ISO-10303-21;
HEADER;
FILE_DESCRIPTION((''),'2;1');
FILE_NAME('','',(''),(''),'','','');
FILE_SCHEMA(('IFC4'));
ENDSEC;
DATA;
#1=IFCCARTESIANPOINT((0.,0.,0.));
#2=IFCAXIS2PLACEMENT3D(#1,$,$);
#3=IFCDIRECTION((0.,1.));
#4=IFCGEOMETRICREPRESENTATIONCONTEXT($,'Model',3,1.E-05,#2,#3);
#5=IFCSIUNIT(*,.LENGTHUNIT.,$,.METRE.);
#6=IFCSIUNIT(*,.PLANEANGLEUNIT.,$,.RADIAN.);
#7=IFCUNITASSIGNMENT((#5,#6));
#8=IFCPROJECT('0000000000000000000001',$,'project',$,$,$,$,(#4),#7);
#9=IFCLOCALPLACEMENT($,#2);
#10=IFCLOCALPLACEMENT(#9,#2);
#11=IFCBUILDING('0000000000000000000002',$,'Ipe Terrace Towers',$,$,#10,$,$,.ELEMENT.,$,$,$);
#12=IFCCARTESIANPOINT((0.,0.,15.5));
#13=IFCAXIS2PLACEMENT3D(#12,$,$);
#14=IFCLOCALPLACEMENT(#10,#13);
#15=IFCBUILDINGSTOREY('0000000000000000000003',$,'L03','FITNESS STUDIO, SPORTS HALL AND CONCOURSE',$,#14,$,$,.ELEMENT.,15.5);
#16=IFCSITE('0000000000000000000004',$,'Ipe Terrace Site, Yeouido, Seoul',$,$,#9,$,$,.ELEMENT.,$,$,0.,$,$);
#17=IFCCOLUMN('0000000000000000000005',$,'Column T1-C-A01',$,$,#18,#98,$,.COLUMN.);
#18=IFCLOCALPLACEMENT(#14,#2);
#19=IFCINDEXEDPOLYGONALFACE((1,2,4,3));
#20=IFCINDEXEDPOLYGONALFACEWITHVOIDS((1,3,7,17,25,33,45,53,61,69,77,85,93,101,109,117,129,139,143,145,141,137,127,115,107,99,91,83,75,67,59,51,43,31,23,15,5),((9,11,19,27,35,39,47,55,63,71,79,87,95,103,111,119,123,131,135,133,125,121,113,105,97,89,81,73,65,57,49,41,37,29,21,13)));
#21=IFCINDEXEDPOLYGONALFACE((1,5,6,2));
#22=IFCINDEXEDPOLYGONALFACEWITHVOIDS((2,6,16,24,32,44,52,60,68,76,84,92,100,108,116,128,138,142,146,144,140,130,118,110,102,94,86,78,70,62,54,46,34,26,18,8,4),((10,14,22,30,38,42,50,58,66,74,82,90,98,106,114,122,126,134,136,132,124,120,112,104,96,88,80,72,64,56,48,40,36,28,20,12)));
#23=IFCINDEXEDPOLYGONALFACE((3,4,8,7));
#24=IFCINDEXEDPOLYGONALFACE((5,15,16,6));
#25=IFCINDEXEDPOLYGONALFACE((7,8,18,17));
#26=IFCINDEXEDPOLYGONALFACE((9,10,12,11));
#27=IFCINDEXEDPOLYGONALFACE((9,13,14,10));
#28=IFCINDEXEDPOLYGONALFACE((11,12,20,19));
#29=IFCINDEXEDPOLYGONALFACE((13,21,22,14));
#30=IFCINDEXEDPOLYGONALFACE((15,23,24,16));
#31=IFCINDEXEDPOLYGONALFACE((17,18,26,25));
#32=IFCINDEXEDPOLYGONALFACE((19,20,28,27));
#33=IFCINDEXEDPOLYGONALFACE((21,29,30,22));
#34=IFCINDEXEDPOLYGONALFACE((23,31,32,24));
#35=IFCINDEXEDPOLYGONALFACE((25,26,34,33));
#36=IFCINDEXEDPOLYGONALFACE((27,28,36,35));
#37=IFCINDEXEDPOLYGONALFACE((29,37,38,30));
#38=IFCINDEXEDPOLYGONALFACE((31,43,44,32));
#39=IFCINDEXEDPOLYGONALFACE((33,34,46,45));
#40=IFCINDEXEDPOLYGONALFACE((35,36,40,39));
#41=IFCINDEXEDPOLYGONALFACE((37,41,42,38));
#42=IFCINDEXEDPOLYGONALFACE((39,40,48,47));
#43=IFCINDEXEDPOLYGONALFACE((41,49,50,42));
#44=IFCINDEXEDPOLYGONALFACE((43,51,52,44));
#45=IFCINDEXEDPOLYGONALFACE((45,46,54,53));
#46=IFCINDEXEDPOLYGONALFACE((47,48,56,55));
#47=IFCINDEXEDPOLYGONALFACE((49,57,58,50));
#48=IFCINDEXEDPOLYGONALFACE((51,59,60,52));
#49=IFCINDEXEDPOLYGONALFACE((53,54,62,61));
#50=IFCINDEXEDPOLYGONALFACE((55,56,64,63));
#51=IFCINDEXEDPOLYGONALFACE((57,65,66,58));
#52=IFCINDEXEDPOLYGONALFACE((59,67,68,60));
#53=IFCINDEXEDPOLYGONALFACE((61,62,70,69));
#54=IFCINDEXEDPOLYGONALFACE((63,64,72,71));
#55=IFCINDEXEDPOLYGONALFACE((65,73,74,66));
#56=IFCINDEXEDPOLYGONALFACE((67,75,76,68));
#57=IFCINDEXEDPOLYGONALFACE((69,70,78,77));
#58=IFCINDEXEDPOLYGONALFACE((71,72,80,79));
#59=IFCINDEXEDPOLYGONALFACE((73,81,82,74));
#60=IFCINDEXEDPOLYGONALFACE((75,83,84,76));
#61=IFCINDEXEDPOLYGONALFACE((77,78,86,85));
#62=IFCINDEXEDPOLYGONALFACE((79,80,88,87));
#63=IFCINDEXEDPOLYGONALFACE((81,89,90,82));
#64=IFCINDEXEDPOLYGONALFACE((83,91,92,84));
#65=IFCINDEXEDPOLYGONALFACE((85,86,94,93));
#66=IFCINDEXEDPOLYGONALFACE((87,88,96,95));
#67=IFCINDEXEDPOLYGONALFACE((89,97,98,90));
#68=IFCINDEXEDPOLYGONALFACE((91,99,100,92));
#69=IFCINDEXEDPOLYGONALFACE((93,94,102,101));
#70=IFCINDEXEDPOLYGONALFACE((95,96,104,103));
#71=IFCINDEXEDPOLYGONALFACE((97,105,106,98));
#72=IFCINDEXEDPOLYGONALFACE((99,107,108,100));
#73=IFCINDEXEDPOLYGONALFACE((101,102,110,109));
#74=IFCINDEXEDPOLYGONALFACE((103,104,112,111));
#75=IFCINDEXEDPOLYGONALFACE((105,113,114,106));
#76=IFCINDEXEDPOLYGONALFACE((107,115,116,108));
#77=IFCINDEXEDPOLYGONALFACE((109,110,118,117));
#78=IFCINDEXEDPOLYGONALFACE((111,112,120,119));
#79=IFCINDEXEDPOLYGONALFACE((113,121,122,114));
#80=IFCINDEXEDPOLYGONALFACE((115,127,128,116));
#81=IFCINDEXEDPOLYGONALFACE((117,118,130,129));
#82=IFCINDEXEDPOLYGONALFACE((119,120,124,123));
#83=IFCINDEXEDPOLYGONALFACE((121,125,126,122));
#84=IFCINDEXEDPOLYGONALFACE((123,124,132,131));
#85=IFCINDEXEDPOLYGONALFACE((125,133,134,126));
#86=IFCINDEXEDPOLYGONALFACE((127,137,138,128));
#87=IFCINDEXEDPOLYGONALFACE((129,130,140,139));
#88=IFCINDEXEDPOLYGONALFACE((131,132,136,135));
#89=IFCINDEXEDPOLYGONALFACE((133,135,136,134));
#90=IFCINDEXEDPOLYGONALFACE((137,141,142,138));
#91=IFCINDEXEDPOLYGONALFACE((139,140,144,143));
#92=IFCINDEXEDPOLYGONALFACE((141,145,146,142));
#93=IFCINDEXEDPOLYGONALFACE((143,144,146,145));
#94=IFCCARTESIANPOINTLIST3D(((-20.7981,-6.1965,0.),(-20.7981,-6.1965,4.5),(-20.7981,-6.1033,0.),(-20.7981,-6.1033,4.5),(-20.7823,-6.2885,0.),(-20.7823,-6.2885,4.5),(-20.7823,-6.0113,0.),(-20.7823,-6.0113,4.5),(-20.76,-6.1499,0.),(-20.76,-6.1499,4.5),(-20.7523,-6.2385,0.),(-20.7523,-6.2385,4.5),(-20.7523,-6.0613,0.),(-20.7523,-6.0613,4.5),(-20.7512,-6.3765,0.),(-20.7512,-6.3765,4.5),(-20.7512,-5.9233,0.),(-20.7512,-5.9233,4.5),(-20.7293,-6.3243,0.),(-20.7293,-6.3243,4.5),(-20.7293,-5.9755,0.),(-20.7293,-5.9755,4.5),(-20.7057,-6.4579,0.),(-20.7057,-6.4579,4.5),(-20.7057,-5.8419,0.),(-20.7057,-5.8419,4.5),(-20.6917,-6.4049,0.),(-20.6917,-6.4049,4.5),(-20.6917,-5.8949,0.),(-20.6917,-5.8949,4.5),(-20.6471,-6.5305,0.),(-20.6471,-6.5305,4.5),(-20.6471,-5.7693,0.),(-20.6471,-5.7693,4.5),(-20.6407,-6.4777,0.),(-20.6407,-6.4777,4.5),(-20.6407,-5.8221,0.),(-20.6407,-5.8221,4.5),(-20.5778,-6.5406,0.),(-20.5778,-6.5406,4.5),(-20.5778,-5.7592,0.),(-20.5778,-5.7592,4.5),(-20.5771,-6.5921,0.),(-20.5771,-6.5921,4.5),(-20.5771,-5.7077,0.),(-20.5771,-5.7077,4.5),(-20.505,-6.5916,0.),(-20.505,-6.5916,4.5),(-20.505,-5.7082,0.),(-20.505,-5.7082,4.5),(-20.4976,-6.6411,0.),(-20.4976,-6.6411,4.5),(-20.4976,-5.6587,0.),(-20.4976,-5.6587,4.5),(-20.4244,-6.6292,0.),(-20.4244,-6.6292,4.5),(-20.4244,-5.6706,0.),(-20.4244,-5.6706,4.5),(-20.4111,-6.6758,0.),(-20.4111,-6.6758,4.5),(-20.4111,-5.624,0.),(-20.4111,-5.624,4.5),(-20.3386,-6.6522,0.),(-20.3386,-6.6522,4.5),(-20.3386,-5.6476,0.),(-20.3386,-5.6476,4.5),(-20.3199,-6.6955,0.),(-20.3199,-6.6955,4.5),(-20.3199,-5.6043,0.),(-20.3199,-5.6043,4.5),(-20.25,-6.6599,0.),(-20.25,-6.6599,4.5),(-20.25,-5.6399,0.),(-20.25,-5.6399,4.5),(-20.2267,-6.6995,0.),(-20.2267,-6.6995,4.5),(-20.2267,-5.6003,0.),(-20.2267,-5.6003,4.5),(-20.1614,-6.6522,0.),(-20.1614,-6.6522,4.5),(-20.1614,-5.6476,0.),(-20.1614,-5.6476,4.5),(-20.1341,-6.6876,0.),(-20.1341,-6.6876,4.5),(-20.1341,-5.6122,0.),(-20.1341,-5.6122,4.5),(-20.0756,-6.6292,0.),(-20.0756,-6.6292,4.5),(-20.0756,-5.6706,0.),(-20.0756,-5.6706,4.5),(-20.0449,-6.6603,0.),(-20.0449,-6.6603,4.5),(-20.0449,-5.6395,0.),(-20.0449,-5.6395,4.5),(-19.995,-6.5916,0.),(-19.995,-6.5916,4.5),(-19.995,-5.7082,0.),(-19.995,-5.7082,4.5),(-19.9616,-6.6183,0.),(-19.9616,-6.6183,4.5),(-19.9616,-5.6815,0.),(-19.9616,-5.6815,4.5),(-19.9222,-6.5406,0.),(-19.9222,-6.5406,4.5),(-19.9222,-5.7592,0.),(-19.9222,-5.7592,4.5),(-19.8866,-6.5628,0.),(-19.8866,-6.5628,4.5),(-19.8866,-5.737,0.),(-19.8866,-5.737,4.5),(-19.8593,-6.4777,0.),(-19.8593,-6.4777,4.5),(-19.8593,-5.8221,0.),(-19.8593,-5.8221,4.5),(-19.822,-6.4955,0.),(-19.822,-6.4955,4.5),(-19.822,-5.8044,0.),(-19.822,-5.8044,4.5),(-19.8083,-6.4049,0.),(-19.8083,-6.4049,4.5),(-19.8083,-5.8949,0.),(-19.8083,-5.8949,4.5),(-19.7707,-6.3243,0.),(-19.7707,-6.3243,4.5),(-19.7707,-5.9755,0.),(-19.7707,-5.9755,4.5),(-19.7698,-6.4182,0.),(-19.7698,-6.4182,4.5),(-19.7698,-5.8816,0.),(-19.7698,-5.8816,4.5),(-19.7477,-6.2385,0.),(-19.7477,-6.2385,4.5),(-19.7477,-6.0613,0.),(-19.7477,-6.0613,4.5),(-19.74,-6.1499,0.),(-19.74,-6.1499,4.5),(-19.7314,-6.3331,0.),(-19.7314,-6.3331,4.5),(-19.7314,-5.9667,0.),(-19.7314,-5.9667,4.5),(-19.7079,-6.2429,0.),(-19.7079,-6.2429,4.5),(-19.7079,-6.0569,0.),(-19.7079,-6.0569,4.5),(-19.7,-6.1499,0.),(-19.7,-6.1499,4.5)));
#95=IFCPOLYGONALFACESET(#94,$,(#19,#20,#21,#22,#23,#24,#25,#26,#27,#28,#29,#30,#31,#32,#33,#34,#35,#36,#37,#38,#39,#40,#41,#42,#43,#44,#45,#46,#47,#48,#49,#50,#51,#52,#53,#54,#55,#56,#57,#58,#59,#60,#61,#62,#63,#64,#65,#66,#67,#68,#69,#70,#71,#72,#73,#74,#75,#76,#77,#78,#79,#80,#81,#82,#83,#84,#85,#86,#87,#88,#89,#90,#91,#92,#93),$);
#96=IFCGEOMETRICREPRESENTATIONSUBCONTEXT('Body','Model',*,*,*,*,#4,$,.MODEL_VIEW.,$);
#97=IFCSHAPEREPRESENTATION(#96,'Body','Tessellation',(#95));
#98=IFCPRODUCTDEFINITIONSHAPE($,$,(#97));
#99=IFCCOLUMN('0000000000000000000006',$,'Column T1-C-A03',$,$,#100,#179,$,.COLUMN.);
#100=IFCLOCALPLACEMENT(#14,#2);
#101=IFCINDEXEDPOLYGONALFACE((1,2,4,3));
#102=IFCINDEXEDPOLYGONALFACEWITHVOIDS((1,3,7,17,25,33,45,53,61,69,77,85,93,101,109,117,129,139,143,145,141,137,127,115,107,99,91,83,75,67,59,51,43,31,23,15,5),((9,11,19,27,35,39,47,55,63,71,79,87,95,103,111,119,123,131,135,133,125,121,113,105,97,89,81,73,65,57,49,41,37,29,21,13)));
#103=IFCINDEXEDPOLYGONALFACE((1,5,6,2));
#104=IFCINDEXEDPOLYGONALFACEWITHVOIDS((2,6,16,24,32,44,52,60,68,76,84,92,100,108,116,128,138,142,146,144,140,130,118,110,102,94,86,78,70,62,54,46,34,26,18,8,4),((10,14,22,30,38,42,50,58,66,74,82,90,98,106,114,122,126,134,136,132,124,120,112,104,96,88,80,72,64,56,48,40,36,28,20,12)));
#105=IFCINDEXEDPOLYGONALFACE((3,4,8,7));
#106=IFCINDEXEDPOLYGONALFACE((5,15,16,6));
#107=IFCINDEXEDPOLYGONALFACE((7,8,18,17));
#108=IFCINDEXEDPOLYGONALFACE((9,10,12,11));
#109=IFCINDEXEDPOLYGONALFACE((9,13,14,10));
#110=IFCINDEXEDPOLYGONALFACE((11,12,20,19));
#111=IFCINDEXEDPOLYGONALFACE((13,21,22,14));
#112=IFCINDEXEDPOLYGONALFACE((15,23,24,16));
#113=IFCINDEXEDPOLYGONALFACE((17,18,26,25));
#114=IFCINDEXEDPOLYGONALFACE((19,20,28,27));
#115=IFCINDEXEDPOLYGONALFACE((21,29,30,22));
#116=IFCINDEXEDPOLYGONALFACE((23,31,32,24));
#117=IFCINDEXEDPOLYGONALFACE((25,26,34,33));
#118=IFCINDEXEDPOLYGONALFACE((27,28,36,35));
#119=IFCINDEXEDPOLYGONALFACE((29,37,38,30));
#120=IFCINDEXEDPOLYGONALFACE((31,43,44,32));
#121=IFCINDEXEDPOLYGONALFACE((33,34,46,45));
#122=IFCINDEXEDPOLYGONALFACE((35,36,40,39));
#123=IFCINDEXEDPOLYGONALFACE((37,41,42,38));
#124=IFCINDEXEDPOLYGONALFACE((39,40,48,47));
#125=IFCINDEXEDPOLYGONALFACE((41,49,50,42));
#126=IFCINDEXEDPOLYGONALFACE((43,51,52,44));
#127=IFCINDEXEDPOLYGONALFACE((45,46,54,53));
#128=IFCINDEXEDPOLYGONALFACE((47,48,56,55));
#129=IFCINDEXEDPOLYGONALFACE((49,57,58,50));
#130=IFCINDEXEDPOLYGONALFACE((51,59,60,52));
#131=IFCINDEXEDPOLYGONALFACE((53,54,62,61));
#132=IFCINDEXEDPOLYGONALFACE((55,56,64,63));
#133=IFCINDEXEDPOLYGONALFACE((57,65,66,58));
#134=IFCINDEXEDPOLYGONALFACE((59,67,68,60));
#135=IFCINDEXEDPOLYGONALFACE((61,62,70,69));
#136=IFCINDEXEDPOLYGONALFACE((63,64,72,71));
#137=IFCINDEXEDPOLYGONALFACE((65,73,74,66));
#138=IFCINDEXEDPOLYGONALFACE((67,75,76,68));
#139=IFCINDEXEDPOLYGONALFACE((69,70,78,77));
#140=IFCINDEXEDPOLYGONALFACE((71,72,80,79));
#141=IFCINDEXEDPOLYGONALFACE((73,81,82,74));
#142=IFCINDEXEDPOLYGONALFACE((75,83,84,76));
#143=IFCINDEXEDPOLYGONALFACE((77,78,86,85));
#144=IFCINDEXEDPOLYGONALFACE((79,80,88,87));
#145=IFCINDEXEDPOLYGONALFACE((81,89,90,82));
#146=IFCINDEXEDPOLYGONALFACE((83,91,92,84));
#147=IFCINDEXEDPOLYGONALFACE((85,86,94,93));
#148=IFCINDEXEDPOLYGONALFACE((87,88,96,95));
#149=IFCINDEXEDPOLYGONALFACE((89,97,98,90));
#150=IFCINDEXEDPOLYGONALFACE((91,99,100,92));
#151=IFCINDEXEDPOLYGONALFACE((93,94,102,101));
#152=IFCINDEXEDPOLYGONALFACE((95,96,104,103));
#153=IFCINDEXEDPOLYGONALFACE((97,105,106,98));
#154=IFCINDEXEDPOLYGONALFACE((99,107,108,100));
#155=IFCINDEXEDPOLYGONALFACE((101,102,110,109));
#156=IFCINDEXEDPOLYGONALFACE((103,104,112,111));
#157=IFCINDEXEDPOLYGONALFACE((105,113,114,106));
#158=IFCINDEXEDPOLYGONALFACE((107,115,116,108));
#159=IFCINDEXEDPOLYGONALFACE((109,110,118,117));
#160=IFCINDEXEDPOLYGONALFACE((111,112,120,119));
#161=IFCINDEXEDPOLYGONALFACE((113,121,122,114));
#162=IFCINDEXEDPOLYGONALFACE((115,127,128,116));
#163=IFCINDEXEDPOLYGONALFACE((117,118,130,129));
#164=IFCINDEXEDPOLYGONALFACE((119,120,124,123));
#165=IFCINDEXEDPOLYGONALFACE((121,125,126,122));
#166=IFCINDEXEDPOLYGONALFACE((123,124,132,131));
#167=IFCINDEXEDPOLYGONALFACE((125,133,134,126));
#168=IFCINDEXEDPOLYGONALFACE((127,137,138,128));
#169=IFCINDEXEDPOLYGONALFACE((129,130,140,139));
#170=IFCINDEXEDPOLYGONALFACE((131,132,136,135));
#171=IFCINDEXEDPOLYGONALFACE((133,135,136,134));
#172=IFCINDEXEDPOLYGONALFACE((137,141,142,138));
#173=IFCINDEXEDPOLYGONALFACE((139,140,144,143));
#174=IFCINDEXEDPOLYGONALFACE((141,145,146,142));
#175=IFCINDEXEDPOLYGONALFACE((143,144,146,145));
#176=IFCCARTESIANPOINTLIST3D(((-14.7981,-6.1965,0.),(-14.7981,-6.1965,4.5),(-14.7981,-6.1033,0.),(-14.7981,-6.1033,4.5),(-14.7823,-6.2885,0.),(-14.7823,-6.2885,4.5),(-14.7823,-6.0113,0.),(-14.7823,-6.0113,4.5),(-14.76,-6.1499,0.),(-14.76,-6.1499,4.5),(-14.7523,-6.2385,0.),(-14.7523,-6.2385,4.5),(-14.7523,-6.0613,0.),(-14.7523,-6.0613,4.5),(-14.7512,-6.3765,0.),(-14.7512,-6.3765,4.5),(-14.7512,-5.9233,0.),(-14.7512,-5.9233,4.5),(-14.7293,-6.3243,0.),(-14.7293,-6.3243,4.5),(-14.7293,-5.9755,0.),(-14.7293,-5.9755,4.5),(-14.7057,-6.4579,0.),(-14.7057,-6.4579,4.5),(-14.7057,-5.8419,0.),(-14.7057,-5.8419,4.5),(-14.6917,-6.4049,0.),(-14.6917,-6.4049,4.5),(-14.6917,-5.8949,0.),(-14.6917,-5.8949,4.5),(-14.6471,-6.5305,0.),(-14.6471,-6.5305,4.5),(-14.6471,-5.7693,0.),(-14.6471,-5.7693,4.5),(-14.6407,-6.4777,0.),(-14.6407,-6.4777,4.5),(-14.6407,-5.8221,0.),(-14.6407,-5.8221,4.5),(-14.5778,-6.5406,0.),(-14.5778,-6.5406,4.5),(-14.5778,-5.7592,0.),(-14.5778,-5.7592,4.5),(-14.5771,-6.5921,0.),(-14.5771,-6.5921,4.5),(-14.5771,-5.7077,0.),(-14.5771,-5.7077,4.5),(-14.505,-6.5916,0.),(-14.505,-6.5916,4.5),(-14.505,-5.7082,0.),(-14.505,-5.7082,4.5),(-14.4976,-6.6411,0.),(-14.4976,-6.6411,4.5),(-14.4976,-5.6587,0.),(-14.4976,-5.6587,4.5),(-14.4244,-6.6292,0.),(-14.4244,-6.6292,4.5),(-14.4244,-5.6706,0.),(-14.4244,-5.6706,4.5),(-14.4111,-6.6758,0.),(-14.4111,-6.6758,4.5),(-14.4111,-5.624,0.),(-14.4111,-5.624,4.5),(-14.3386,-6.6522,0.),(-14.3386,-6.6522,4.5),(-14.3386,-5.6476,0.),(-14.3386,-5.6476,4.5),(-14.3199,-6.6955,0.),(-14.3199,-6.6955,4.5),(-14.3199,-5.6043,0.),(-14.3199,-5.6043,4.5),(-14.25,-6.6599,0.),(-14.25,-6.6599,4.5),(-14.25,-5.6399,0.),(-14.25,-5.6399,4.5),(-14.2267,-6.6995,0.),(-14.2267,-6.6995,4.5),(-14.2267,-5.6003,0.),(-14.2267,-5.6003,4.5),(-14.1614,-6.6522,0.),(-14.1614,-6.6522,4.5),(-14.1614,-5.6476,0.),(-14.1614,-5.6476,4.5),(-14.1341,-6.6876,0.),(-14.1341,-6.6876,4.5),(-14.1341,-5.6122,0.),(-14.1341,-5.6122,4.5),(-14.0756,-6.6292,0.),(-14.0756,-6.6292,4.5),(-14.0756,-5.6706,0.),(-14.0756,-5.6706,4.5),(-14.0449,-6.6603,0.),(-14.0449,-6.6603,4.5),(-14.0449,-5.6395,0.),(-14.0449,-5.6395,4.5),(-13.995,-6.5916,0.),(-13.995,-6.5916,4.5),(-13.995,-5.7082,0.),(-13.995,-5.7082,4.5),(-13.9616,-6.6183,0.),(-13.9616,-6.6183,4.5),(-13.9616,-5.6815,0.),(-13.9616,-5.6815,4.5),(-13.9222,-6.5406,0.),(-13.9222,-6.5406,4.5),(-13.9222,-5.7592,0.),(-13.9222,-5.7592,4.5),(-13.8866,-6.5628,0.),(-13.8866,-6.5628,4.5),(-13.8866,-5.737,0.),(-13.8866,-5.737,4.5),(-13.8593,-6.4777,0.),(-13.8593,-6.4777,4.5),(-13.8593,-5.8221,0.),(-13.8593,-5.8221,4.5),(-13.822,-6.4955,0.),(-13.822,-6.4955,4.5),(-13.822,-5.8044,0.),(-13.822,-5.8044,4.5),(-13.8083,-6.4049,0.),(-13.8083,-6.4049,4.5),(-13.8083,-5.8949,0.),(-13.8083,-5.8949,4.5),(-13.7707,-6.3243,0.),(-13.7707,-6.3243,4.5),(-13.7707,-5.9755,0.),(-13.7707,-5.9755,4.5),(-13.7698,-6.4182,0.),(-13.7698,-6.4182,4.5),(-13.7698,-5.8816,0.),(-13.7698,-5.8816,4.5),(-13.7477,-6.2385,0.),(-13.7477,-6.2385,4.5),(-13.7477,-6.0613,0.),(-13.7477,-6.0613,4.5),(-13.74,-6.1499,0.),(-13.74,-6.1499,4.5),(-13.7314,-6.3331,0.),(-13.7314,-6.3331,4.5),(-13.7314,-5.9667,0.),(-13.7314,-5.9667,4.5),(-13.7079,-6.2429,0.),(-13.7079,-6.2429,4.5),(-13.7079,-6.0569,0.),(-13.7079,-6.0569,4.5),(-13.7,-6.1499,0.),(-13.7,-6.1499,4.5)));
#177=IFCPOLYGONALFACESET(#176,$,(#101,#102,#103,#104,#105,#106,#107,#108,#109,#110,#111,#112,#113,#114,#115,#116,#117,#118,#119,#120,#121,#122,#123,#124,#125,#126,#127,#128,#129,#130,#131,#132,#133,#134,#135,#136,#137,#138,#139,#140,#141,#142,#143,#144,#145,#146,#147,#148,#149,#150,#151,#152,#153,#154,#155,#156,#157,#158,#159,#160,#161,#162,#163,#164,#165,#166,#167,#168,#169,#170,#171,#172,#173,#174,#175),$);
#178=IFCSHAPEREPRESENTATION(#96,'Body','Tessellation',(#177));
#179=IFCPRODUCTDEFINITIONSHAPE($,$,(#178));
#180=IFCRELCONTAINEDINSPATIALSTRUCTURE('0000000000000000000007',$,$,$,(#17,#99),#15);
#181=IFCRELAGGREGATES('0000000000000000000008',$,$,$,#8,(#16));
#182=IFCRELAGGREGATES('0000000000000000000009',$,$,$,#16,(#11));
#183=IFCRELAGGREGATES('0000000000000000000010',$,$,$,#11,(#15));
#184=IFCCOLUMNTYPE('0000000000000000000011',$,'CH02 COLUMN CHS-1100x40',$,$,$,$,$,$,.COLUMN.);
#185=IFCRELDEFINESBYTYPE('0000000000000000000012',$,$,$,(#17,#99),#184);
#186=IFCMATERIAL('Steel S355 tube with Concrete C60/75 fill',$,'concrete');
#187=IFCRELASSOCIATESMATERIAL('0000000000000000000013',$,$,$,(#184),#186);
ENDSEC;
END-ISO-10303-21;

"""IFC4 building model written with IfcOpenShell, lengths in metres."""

from ifc_helpers import new_model, si_unit, direction, frame, origin, origin_2d, place, context, subcontext, project, spatial, hollow_circle, extrude, material, material_profile, profile_set, type_object, element, save


model = new_model("IFC4")

# Units and contexts
model_context = context("Model", 3, precision=1e-05, world=origin(), true_north=direction((0.0, 1.0)))
body_context = subcontext(model_context, "Body", "Model", "MODEL_VIEW")
ifc_project = project(units=[si_unit("LENGTHUNIT", "METRE"), si_unit("PLANEANGLEUNIT", "RADIAN")], contexts=[model_context])

# Site, building, storey
site_placement = place(None, origin())
site = spatial("IfcSite", under=ifc_project, at=site_placement, Name="Ipe Terrace Site, Yeouido, Seoul", CompositionType="ELEMENT", RefElevation=0.0)
building_placement = place(site_placement, origin())
building = spatial("IfcBuilding", under=site, at=building_placement, Name="Ipe Terrace Towers", CompositionType="ELEMENT")
storey_placement = place(building_placement, frame((0.0, 0.0, 15.5)))
storey = spatial("IfcBuildingStorey", under=building, at=storey_placement, Name="L03", Description="FITNESS STUDIO, SPORTS HALL AND CONCOURSE", CompositionType="ELEMENT", Elevation=15.5)

# Columns
ifc_material_1 = material(Name="Steel S355 tube with Concrete C60/75 fill", Category="concrete")
ifc_material_profile_1 = material_profile(ifc_material_1, hollow_circle(Radius=0.55, WallThickness=0.04, at=origin_2d()), Name="CHS-1100x40")
ifc_profile_set_1 = profile_set([ifc_material_profile_1], Name="Steel S355 tube with Concrete C60/75 fill")
column_type_1 = type_object("IfcColumnType", Name="CH02 COLUMN CHS-1100x40", PredefinedType="COLUMN", material=ifc_profile_set_1)
for number, where, z_axis, x_axis, name in (
    (1, (-20.25, -6.1499, 0.0), (0.0, 0.0, 1.0), (1.0, 0.0, 0.0), "Column T1-C-A01"),
    (2, (-14.25, -6.1499, 0.0), (0.0, 0.0, 1.0), (1.0, 0.0, 0.0), "Column T1-C-A03"),
):
    element("IfcColumn", number, at=place(storey_placement, frame(where, z_axis=z_axis, x_axis=x_axis)), inside=storey, type_object=column_type_1, Name=name, PredefinedType="COLUMN", context=body_context, shape_type="SweptSolid", body=[
        extrude(hollow_circle(Radius=0.55, WallThickness=0.04, at=origin_2d()), origin(), (0.0, 0.0, 1.0), 4.5),
    ])

save(model, "model.ifc")
